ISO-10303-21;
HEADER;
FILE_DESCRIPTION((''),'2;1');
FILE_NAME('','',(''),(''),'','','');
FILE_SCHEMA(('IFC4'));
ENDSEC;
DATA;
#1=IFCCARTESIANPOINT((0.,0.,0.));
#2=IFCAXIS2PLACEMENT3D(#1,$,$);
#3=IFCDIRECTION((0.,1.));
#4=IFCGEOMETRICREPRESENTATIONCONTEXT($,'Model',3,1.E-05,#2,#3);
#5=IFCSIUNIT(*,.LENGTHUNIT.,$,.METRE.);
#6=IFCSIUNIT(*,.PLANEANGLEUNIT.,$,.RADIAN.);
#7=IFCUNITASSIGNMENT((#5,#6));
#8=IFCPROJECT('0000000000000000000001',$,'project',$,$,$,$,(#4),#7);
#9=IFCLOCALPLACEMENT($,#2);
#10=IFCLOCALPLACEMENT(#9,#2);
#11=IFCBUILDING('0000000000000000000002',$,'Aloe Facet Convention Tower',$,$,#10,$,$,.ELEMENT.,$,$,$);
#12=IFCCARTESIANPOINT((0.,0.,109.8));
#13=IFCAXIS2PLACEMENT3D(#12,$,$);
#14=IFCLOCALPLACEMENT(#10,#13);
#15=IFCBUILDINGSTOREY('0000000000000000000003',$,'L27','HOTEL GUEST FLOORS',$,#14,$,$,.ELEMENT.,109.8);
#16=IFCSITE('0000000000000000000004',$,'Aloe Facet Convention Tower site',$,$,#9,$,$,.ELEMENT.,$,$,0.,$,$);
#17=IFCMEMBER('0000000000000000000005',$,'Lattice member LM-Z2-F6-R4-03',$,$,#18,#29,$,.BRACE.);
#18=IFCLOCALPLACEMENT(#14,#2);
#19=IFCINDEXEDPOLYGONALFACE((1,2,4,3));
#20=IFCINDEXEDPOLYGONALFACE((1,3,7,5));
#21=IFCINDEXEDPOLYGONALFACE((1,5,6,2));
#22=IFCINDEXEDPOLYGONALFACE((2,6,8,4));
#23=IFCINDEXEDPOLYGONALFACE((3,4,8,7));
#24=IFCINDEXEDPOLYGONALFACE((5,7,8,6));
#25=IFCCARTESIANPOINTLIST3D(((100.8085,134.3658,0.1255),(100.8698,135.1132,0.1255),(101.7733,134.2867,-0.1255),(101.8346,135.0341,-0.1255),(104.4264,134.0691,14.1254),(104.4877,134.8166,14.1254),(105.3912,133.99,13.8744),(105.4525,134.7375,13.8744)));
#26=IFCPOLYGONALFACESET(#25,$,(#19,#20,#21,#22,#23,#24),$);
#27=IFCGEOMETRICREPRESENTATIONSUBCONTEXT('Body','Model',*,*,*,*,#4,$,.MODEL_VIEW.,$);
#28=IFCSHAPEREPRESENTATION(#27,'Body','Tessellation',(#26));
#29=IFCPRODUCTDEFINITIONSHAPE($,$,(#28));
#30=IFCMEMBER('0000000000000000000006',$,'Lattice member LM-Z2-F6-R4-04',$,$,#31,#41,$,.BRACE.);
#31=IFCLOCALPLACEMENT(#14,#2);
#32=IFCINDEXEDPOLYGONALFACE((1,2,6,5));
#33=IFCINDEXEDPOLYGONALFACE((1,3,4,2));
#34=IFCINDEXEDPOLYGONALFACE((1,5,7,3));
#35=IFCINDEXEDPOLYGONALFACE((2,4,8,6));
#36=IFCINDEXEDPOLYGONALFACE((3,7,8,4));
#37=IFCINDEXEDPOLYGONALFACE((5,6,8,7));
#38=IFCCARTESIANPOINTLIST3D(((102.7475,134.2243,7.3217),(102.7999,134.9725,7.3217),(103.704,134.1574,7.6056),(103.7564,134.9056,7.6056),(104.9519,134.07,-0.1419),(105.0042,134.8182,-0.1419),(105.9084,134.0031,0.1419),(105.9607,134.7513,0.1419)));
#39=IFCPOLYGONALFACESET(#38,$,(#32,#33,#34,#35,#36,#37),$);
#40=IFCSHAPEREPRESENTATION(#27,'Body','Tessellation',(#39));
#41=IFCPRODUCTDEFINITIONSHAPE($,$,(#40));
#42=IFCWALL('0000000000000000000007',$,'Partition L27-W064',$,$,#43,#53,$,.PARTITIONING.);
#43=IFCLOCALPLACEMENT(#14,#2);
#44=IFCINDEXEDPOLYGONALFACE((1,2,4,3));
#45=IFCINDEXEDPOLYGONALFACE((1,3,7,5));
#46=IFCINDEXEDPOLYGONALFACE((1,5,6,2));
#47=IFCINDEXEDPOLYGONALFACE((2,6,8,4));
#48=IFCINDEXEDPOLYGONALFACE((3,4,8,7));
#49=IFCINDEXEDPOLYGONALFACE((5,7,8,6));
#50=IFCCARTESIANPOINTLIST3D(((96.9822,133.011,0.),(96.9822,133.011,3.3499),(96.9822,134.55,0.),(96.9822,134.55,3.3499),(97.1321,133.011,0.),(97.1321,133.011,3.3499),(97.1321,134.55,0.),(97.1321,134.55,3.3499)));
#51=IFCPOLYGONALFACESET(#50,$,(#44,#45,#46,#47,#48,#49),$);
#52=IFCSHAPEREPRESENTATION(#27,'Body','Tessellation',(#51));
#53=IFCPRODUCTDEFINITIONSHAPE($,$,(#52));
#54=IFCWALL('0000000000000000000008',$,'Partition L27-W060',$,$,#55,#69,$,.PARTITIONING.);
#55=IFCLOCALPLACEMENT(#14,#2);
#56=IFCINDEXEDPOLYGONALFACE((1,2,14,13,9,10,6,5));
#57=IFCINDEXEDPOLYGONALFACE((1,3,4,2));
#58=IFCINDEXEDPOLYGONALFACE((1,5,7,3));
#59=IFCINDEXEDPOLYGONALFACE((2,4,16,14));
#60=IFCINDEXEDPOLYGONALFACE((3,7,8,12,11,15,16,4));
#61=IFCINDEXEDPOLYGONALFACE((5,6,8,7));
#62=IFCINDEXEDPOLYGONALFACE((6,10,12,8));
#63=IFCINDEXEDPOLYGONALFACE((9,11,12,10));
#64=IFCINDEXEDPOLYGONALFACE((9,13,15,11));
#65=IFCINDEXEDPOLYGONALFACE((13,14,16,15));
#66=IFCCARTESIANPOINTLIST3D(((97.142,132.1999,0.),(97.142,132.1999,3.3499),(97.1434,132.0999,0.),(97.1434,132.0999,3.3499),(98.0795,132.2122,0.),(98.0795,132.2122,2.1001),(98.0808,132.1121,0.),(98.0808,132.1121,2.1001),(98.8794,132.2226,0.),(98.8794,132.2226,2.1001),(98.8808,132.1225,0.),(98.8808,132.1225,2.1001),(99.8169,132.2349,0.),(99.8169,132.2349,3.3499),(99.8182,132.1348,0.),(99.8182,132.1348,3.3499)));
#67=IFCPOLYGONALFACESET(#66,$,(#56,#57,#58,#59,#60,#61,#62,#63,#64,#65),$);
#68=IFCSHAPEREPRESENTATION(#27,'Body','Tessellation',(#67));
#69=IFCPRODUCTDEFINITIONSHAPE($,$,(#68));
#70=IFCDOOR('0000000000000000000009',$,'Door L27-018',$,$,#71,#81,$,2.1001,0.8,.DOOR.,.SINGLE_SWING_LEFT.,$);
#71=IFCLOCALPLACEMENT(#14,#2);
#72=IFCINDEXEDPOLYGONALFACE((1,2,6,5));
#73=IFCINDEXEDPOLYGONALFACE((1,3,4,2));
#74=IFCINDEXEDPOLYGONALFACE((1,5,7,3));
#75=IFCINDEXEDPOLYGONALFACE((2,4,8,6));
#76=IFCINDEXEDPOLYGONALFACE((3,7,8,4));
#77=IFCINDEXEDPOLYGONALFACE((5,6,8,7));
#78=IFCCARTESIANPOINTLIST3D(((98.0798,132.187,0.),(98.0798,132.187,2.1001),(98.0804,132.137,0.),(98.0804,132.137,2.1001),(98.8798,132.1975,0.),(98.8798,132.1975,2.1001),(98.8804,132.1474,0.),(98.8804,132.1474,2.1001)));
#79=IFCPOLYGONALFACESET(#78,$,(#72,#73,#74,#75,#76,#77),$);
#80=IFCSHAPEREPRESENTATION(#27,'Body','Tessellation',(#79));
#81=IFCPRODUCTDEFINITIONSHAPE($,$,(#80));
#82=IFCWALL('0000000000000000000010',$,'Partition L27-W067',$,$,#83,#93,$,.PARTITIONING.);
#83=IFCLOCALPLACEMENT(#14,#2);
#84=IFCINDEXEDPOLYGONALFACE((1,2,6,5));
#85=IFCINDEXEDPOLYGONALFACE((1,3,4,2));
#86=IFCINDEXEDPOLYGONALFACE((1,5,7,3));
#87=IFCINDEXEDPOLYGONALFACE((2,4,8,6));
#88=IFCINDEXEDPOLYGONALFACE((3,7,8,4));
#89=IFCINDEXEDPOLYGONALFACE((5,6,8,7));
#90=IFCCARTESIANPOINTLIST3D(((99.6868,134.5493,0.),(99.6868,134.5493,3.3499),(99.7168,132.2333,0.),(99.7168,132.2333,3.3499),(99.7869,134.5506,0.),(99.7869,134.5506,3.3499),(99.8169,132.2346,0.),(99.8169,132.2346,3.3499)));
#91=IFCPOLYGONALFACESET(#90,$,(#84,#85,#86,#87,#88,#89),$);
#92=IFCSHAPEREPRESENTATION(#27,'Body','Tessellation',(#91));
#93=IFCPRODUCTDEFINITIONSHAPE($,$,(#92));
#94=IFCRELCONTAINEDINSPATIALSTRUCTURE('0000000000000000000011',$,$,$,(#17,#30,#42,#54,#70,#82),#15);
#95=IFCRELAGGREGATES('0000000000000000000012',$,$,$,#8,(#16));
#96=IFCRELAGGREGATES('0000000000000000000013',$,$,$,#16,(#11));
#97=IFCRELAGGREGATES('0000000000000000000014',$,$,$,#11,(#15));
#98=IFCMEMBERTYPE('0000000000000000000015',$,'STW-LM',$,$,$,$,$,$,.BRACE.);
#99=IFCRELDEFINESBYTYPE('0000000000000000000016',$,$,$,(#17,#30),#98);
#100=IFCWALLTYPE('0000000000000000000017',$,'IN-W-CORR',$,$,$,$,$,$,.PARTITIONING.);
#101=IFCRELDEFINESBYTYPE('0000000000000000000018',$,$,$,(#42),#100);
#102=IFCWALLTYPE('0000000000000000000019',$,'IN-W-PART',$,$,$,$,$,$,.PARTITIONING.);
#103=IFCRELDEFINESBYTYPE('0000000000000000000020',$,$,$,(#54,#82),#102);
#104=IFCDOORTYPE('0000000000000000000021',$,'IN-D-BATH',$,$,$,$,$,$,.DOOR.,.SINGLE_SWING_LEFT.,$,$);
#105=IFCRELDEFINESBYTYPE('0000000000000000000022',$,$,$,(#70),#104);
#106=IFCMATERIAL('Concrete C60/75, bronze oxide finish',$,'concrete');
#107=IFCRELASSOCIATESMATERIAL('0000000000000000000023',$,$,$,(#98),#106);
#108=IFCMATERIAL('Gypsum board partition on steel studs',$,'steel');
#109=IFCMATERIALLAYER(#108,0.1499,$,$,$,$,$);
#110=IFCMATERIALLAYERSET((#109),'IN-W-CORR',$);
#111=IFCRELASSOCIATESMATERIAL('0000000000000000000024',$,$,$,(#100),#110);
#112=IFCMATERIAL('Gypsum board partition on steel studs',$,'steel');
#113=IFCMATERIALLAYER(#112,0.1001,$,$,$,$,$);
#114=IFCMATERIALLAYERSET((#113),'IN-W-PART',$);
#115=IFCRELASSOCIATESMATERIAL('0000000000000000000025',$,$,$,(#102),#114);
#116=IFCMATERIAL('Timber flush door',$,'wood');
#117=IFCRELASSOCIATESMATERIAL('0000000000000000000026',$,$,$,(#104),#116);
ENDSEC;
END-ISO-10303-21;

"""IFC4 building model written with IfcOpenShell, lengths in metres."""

from ifc_helpers import new_model, si_unit, direction, frame, frame_2d, origin, origin_2d, place, context, subcontext, project, spatial, rectangle, extrude, material, layer, layer_set, material_profile, profile_set, type_object, element, fill, save


model = new_model("IFC4")

# Units and contexts
model_context = context("Model", 3, precision=1e-05, world=origin(), true_north=direction((0.0, 1.0)))
body_context = subcontext(model_context, "Body", "Model", "MODEL_VIEW")
ifc_project = project(units=[si_unit("LENGTHUNIT", "METRE"), si_unit("PLANEANGLEUNIT", "RADIAN")], contexts=[model_context])

# Site, building, storey
site_placement = place(None, origin())
site = spatial("IfcSite", under=ifc_project, at=site_placement, Name="Aloe Facet Convention Tower site", CompositionType="ELEMENT", RefElevation=0.0)
building_placement = place(site_placement, origin())
building = spatial("IfcBuilding", under=site, at=building_placement, Name="Aloe Facet Convention Tower", CompositionType="ELEMENT")
storey_placement = place(building_placement, frame((0.0, 0.0, 109.8)))
storey = spatial("IfcBuildingStorey", under=building, at=storey_placement, Name="L27", Description="HOTEL GUEST FLOORS", CompositionType="ELEMENT", Elevation=109.8)

# Members
ifc_material_1 = material(Name="Concrete C60/75, bronze oxide finish", Category="concrete")
ifc_material_profile_1 = material_profile(ifc_material_1, rectangle(XDim=0.75, YDim=1.0, at=origin_2d()), Name="STW-LM")
ifc_profile_set_1 = profile_set([ifc_material_profile_1], Name="Concrete C60/75, bronze oxide finish")
member_type = type_object("IfcMemberType", Name="STW-LM", PredefinedType="BRACE", material=ifc_profile_set_1)
member_1_placement = place(storey_placement, frame((101.3215, 134.7, 0.0), z_axis=(0.250151, -0.02051, 0.96799), x_axis=(0.081715, 0.996656, 0.0)))
element("IfcMember", 1, at=member_1_placement, inside=storey, type_object=member_type, Name="Lattice member LM-Z2-F6-R4-03", PredefinedType="BRACE", context=body_context, shape_type="SweptSolid", body=[
    extrude(rectangle(XDim=0.75, YDim=1.0, at=origin_2d()), origin(), (0.0, 0.0, 1.0), 14.4629),
])
member_2_placement = place(storey_placement, frame((105.4563, 134.4106, 0.0), z_axis=(-0.283194, 0.019823, 0.958858), x_axis=(-0.069826, -0.997559, 0.0)))
element("IfcMember", 2, at=member_2_placement, inside=storey, type_object=member_type, Name="Lattice member LM-Z2-F6-R4-04", PredefinedType="BRACE", context=body_context, shape_type="SweptSolid", body=[
    extrude(rectangle(XDim=0.75, YDim=1.0, at=origin_2d()), origin(), (0.0, 0.0, 1.0), 7.7839),
])

# Wall
ifc_material_2 = material(Name="Gypsum board partition on steel studs", Category="steel")
ifc_layer_1 = layer(ifc_material_2, 0.1499)
ifc_layer_set_1 = layer_set([ifc_layer_1], Name="IN-W-CORR")
wall_type_1 = type_object("IfcWallType", Name="IN-W-CORR", PredefinedType="PARTITIONING", material=ifc_layer_set_1)
wall_1_placement = place(storey_placement, frame((97.0571, 133.011, 0.0), z_axis=(0.0, 0.0, 1.0), x_axis=(0.0, 1.0, 0.0)))
element("IfcWall", 3, at=wall_1_placement, inside=storey, type_object=wall_type_1, Name="Partition L27-W064", PredefinedType="PARTITIONING", context=body_context, shape_type="SweptSolid", body=[
    extrude(rectangle(XDim=1.5391, YDim=0.1499, at=frame_2d((0.7695, 0.0))), origin(), (0.0, 0.0, 1.0), 3.3499),
])

# Wall, opening, door
ifc_material_3 = material(Name="Gypsum board partition on steel studs", Category="steel")
ifc_layer_2 = layer(ifc_material_3, 0.1001)
ifc_layer_set_2 = layer_set([ifc_layer_2], Name="IN-W-PART")
wall_type_2 = type_object("IfcWallType", Name="IN-W-PART", PredefinedType="PARTITIONING", material=ifc_layer_set_2)
wall_2_placement = place(storey_placement, frame((97.1428, 132.1499, 0.0), z_axis=(0.0, 0.0, 1.0), x_axis=(0.999915, 0.013051, 0.0)))
wall_2 = element("IfcWall", 4, at=wall_2_placement, inside=storey, type_object=wall_type_2, Name="Partition L27-W060", PredefinedType="PARTITIONING", context=body_context, shape_type="SweptSolid", body=[
    extrude(rectangle(XDim=2.675, YDim=0.1001, at=frame_2d((1.3374, 0.0))), origin(), (0.0, 0.0, 1.0), 3.3499),
])
opening_1_placement = place(wall_2_placement, frame((0.9375, 0.0, 0.0)))
opening_1 = element("IfcOpeningElement", 5, at=opening_1_placement, cuts=wall_2, PredefinedType="OPENING", context=body_context, shape_type="SweptSolid", body=[
    extrude(rectangle(XDim=0.8, YDim=2.1001, at=frame_2d((0.3999, 1.05))), frame((0.0, 0.0601, 0.0), z_axis=(0.0, -1.0, 0.0), x_axis=(1.0, 0.0, 0.0)), (0.0, 0.0, 1.0), 0.1201),
])
ifc_material_4 = material(Name="Timber flush door", Category="wood")
door_type = type_object("IfcDoorType", Name="IN-D-BATH", OperationType="SINGLE_SWING_LEFT", PredefinedType="DOOR", material=ifc_material_4)
door_placement = place(opening_1_placement, origin())
door = element("IfcDoor", 6, at=door_placement, inside=storey, type_object=door_type, Name="Door L27-018", OperationType="SINGLE_SWING_LEFT", OverallHeight=2.1001, OverallWidth=0.8, PredefinedType="DOOR", context=body_context, shape_type="SweptSolid", body=[
    extrude(rectangle(XDim=0.8, YDim=2.1001, at=frame_2d((0.3999, 1.05))), frame((0.0, 0.0249, 0.0), z_axis=(0.0, -1.0, 0.0), x_axis=(1.0, 0.0, 0.0)), (0.0, 0.0, 1.0), 0.05),
])
fill(opening_1, door)

# Wall
wall_3_placement = place(storey_placement, frame((99.7368, 134.55, 0.0), z_axis=(0.0, 0.0, 1.0), x_axis=(0.012965, -0.999916, 0.0)))
element("IfcWall", 7, at=wall_3_placement, inside=storey, type_object=wall_type_2, Name="Partition L27-W067", PredefinedType="PARTITIONING", context=body_context, shape_type="SweptSolid", body=[
    extrude(rectangle(XDim=2.3162, YDim=0.1001, at=frame_2d((1.1582, 0.0))), origin(), (0.0, 0.0, 1.0), 3.3499),
])

save(model, "model.ifc")
